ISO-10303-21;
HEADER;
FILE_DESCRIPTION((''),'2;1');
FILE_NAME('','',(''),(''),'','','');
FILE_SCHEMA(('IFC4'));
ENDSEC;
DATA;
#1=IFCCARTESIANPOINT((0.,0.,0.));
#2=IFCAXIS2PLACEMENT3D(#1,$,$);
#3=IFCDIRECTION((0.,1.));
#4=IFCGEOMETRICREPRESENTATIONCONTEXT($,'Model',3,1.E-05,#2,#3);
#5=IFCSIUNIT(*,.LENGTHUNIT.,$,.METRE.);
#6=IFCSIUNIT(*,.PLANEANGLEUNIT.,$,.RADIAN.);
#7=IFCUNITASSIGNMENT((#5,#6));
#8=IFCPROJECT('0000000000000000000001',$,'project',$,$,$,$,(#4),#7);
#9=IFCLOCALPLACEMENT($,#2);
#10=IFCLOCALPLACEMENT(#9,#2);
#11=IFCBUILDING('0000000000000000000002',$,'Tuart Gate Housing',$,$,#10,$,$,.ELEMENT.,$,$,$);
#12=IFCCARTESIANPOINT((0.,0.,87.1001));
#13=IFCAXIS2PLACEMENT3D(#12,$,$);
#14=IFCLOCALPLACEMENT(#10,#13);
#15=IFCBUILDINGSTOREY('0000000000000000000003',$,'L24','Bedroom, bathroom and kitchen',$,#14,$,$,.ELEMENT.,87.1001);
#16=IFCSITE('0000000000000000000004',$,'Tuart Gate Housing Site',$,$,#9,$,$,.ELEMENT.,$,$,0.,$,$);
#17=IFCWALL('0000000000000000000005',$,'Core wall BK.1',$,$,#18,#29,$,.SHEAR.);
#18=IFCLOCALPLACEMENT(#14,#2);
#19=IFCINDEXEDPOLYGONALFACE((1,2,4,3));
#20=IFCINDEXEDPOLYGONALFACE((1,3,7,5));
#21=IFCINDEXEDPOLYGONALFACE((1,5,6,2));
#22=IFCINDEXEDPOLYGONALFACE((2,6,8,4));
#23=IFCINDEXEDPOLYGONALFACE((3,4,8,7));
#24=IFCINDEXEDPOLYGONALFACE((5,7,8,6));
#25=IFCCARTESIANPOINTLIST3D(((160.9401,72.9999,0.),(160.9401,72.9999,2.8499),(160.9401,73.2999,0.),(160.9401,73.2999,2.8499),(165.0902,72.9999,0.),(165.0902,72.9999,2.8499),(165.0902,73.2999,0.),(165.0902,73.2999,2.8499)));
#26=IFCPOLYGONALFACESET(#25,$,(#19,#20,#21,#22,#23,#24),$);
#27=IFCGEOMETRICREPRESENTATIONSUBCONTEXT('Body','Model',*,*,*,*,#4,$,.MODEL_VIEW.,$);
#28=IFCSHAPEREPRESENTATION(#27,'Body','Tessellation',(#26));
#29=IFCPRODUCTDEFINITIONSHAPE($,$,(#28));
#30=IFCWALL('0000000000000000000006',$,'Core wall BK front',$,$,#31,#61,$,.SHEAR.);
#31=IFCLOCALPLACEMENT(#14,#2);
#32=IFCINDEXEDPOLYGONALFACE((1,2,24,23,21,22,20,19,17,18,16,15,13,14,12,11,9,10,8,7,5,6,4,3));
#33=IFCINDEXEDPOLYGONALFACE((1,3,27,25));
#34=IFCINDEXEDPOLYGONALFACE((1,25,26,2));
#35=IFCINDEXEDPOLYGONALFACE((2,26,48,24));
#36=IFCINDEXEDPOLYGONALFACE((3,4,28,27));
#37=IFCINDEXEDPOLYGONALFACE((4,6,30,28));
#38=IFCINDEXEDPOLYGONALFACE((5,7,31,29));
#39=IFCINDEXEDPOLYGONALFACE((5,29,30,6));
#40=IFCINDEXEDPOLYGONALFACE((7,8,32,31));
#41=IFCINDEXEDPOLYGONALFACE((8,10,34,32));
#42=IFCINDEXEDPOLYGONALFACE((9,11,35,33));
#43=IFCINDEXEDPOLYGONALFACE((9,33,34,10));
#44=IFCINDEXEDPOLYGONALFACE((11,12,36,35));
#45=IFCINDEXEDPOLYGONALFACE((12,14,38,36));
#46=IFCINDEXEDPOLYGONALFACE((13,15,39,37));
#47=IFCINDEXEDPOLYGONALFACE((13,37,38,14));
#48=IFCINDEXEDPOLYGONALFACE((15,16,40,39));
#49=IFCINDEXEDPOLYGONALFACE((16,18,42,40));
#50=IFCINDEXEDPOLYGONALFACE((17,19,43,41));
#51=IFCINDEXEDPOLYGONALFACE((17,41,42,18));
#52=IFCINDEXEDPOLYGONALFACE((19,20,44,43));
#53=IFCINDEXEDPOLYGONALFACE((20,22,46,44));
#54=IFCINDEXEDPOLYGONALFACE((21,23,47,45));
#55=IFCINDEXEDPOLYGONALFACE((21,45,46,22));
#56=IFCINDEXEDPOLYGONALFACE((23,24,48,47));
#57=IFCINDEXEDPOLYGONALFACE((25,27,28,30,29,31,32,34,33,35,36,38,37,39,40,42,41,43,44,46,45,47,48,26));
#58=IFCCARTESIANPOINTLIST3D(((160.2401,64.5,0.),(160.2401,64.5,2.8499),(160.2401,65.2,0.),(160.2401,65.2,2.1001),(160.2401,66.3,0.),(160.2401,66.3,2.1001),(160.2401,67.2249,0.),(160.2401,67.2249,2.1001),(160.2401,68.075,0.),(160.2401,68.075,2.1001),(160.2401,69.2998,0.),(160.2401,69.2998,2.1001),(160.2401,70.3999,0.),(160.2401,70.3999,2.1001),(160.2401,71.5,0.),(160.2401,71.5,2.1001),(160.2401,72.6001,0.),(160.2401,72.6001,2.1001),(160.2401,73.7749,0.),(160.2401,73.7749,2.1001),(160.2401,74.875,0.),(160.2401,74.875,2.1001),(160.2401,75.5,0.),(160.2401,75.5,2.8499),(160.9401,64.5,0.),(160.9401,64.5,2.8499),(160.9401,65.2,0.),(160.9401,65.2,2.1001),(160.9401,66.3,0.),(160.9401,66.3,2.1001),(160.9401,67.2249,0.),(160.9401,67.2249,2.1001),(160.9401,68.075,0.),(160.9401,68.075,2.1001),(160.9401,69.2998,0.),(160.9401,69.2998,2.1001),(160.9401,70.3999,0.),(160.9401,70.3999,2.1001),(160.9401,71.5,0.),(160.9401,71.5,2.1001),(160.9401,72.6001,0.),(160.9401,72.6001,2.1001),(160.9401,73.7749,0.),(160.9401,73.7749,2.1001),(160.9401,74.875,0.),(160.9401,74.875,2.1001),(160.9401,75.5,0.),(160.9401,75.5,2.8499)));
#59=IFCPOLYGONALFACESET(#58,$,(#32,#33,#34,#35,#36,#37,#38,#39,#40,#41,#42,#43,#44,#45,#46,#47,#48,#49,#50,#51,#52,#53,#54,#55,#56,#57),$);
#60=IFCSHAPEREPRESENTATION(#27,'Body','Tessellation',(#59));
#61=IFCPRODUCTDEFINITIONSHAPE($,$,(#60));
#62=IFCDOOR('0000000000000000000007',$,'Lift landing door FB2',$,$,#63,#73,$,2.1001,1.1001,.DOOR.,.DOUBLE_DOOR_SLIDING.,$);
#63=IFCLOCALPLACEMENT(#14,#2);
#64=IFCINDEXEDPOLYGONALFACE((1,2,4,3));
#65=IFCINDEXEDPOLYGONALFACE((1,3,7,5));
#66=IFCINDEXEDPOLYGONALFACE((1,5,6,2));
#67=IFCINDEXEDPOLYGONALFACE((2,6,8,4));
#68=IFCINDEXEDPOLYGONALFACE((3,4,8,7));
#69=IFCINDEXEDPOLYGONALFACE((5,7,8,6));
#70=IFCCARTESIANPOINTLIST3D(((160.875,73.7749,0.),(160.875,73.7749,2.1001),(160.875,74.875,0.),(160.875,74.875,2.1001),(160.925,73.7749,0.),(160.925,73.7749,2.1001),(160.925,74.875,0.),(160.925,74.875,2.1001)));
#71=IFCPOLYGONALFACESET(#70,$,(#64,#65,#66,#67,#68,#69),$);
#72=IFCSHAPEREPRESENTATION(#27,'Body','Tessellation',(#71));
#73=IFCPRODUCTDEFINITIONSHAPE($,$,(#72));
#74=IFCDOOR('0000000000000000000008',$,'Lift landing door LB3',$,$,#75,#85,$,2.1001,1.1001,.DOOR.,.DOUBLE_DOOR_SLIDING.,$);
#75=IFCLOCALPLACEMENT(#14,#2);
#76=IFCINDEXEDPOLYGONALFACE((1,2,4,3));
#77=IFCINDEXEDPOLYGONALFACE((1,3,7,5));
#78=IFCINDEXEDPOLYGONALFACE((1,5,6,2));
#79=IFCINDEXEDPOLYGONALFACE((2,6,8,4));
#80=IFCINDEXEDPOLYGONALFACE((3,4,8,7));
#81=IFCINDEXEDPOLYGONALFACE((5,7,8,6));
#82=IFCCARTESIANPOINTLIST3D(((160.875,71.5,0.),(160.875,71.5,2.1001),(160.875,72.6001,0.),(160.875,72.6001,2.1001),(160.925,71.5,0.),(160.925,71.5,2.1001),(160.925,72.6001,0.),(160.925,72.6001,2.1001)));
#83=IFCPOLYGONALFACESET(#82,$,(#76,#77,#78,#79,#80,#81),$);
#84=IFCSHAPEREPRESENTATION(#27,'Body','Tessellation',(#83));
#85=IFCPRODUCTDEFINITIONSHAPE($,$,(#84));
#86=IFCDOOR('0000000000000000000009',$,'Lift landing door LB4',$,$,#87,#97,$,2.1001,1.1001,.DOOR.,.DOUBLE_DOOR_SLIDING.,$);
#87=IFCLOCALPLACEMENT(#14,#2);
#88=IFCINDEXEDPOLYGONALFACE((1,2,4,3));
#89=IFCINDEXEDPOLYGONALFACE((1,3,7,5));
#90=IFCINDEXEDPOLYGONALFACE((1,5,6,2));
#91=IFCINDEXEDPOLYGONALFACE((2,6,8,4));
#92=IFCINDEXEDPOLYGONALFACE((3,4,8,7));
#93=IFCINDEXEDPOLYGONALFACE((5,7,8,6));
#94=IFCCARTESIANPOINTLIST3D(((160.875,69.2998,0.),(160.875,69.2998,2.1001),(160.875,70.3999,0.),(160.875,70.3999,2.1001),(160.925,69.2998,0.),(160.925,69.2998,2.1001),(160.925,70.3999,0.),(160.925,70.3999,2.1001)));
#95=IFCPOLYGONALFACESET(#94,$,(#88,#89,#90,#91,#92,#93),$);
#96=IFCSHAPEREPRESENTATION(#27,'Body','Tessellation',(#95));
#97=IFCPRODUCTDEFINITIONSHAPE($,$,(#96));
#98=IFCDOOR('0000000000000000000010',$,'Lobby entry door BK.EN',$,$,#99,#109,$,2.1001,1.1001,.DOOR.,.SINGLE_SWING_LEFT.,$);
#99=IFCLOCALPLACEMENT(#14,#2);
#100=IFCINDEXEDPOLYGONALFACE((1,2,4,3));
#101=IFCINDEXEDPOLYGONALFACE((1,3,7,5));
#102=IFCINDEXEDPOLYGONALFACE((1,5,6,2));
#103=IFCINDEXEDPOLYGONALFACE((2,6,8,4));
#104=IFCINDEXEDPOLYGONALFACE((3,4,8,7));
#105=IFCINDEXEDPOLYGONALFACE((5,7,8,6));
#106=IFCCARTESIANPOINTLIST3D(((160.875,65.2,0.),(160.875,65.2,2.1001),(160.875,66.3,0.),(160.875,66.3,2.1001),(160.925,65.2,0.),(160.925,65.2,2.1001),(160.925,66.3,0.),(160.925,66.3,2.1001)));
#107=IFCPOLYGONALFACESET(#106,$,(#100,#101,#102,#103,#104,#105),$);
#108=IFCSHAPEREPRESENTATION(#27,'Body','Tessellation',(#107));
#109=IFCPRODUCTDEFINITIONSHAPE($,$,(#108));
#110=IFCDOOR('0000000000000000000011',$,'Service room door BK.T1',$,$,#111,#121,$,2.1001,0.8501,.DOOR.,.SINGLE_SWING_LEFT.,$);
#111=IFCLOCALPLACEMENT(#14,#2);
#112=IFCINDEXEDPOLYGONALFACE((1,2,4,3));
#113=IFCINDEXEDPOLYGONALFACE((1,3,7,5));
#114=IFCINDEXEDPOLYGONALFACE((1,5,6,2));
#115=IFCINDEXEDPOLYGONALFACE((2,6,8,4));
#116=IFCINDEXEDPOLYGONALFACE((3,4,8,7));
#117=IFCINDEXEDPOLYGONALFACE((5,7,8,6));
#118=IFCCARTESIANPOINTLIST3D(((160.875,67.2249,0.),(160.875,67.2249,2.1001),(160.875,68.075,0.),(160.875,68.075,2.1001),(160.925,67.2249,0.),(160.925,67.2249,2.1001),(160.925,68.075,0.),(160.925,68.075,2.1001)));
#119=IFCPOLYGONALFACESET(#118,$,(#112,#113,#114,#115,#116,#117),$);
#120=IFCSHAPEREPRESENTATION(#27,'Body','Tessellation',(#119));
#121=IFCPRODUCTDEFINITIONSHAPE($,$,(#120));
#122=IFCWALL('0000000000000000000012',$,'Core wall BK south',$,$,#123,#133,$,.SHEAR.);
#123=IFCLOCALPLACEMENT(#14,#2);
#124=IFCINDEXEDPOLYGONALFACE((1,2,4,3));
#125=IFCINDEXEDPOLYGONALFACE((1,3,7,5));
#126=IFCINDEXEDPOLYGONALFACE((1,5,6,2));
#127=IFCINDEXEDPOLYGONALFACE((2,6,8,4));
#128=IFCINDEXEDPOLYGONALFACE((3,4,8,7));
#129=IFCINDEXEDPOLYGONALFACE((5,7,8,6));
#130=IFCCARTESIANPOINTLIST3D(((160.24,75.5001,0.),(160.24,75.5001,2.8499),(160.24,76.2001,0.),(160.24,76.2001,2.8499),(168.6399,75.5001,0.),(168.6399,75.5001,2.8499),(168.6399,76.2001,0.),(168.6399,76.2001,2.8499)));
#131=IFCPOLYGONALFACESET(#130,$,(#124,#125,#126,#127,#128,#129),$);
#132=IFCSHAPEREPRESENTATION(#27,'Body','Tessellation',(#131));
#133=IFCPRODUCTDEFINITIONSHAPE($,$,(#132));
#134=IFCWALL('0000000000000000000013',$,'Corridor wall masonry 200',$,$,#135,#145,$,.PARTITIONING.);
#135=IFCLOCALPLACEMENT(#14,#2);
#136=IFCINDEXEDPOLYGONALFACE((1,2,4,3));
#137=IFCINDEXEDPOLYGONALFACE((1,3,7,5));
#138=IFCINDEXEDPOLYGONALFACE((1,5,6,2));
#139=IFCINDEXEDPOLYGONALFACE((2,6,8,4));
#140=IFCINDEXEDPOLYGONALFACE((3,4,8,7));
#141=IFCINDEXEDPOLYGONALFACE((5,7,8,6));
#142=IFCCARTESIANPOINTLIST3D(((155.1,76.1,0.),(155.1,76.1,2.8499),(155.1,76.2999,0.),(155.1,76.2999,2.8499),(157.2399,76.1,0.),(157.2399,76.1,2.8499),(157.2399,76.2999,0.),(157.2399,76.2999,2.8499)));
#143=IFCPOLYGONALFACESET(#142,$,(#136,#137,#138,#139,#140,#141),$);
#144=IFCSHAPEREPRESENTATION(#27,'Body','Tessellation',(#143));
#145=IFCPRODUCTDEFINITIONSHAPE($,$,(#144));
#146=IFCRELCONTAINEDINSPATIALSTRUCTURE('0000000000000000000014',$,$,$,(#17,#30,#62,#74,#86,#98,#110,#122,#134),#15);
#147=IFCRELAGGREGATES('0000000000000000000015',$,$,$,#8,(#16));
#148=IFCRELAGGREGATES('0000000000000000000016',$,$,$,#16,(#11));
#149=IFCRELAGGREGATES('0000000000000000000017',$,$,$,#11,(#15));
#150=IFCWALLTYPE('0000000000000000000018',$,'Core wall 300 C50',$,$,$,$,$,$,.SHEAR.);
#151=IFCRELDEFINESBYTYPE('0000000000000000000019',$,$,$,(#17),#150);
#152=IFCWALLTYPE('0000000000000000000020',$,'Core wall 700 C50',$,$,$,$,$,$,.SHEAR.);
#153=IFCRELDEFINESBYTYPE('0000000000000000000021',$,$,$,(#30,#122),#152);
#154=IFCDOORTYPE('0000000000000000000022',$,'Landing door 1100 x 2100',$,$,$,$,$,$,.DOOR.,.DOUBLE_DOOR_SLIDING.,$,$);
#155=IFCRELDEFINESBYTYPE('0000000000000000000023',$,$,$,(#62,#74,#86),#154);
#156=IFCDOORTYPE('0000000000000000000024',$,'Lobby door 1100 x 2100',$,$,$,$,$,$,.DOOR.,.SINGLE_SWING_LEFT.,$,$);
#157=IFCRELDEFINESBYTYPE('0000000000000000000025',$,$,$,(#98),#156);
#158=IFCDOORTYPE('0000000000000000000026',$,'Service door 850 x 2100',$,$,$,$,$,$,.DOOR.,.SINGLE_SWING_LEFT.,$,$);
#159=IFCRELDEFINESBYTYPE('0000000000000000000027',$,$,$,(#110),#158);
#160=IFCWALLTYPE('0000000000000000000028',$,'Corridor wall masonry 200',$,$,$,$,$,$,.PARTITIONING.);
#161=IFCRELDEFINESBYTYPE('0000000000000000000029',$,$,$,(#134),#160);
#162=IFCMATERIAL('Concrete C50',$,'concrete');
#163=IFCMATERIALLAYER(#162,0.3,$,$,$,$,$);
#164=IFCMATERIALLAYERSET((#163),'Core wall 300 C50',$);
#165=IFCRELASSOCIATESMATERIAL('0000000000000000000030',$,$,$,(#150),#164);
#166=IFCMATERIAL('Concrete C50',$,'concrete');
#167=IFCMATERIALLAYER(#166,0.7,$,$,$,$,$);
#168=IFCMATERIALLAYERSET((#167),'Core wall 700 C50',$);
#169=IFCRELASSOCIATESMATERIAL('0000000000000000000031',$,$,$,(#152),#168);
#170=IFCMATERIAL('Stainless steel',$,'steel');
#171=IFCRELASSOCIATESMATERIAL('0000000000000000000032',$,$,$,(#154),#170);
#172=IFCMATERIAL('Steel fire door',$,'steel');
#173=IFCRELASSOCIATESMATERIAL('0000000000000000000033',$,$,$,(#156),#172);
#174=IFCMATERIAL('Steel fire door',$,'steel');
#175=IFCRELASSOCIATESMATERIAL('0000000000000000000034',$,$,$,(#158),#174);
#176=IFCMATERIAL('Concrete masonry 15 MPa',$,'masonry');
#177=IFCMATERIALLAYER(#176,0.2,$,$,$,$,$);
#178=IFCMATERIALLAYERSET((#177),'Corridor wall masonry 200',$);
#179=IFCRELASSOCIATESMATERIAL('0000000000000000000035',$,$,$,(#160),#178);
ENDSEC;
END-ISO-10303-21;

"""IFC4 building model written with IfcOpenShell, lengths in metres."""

from ifc_helpers import new_model, si_unit, direction, frame, frame_2d, origin, place, context, subcontext, project, spatial, rectangle, extrude, material, layer, layer_set, type_object, element, fill, save


model = new_model("IFC4")

# Units and contexts
model_context = context("Model", 3, precision=1e-05, world=origin(), true_north=direction((0.0, 1.0)))
body_context = subcontext(model_context, "Body", "Model", "MODEL_VIEW")
ifc_project = project(units=[si_unit("LENGTHUNIT", "METRE"), si_unit("PLANEANGLEUNIT", "RADIAN")], contexts=[model_context])

# Site, building, storey
site_placement = place(None, origin())
site = spatial("IfcSite", under=ifc_project, at=site_placement, Name="Tuart Gate Housing Site", CompositionType="ELEMENT", RefElevation=0.0)
building_placement = place(site_placement, origin())
building = spatial("IfcBuilding", under=site, at=building_placement, Name="Tuart Gate Housing", CompositionType="ELEMENT")
storey_placement = place(building_placement, frame((0.0, 0.0, 87.1001)))
storey = spatial("IfcBuildingStorey", under=building, at=storey_placement, Name="L24", Description="Bedroom, bathroom and kitchen", CompositionType="ELEMENT", Elevation=87.1001)

# Wall
ifc_material_1 = material(Name="Concrete C50", Category="concrete")
ifc_layer_1 = layer(ifc_material_1, 0.3)
ifc_layer_set_1 = layer_set([ifc_layer_1], Name="Core wall 300 C50")
wall_type_1 = type_object("IfcWallType", Name="Core wall 300 C50", PredefinedType="SHEAR", material=ifc_layer_set_1)
wall_1_placement = place(storey_placement, frame((160.9399, 73.1499, 0.0), z_axis=(0.0, 0.0, 1.0), x_axis=(1.0, 0.0, 0.0)))
element("IfcWall", 1, at=wall_1_placement, inside=storey, type_object=wall_type_1, Name="Core wall BK.1", PredefinedType="SHEAR", context=body_context, shape_type="SweptSolid", body=[
    extrude(rectangle(XDim=4.1501, YDim=0.3, at=frame_2d((2.0752, 0.0))), origin(), (0.0, 0.0, 1.0), 2.8499),
])

# Wall, openings, doors
ifc_material_2 = material(Name="Concrete C50", Category="concrete")
ifc_layer_2 = layer(ifc_material_2, 0.7)
ifc_layer_set_2 = layer_set([ifc_layer_2], Name="Core wall 700 C50")
wall_type_2 = type_object("IfcWallType", Name="Core wall 700 C50", PredefinedType="SHEAR", material=ifc_layer_set_2)
wall_2_placement = place(storey_placement, frame((160.5901, 75.5, 0.0), z_axis=(0.0, 0.0, 1.0), x_axis=(0.0, -1.0, 0.0)))
wall_2 = element("IfcWall", 2, at=wall_2_placement, inside=storey, type_object=wall_type_2, Name="Core wall BK front", PredefinedType="SHEAR", context=body_context, shape_type="SweptSolid", body=[
    extrude(rectangle(XDim=11.0, YDim=0.7, at=frame_2d((5.5, 0.0))), origin(), (0.0, 0.0, 1.0), 2.8499),
])
opening_1_placement = place(wall_2_placement, frame((0.625, 0.0, 0.0)))
opening_1 = element("IfcOpeningElement", 3, at=opening_1_placement, cuts=wall_2, PredefinedType="OPENING", context=body_context, shape_type="SweptSolid", body=[
    extrude(rectangle(XDim=1.1001, YDim=2.1001, at=frame_2d((0.55, 1.05))), frame((0.0, 0.3599, 0.0), z_axis=(0.0, -1.0, 0.0), x_axis=(1.0, 0.0, 0.0)), (0.0, 0.0, 1.0), 0.72),
])
opening_2_placement = place(wall_2_placement, frame((2.8999, 0.0, 0.0)))
opening_2 = element("IfcOpeningElement", 4, at=opening_2_placement, cuts=wall_2, PredefinedType="OPENING", context=body_context, shape_type="SweptSolid", body=[
    extrude(rectangle(XDim=1.1001, YDim=2.1001, at=frame_2d((0.55, 1.05))), frame((0.0, 0.3599, 0.0), z_axis=(0.0, -1.0, 0.0), x_axis=(1.0, 0.0, 0.0)), (0.0, 0.0, 1.0), 0.72),
])
opening_3_placement = place(wall_2_placement, frame((5.1001, 0.0, 0.0)))
opening_3 = element("IfcOpeningElement", 5, at=opening_3_placement, cuts=wall_2, PredefinedType="OPENING", context=body_context, shape_type="SweptSolid", body=[
    extrude(rectangle(XDim=1.1001, YDim=2.1001, at=frame_2d((0.55, 1.05))), frame((0.0, 0.3599, 0.0), z_axis=(0.0, -1.0, 0.0), x_axis=(1.0, 0.0, 0.0)), (0.0, 0.0, 1.0), 0.72),
])
opening_4_placement = place(wall_2_placement, frame((9.2, 0.0, 0.0)))
opening_4 = element("IfcOpeningElement", 6, at=opening_4_placement, cuts=wall_2, PredefinedType="OPENING", context=body_context, shape_type="SweptSolid", body=[
    extrude(rectangle(XDim=1.1001, YDim=2.1001, at=frame_2d((0.55, 1.05))), frame((0.0, 0.3599, 0.0), z_axis=(0.0, -1.0, 0.0), x_axis=(1.0, 0.0, 0.0)), (0.0, 0.0, 1.0), 0.72),
])
opening_5_placement = place(wall_2_placement, frame((7.425, 0.0, 0.0)))
opening_5 = element("IfcOpeningElement", 7, at=opening_5_placement, cuts=wall_2, PredefinedType="OPENING", context=body_context, shape_type="SweptSolid", body=[
    extrude(rectangle(XDim=0.8501, YDim=2.1001, at=frame_2d((0.425, 1.05))), frame((0.0, 0.3599, 0.0), z_axis=(0.0, -1.0, 0.0), x_axis=(1.0, 0.0, 0.0)), (0.0, 0.0, 1.0), 0.72),
])
ifc_material_3 = material(Name="Stainless steel", Category="steel")
door_type_1 = type_object("IfcDoorType", Name="Landing door 1100 x 2100", OperationType="DOUBLE_DOOR_SLIDING", PredefinedType="DOOR", material=ifc_material_3)
door_1_placement = place(opening_1_placement, origin())
door_1 = element("IfcDoor", 8, at=door_1_placement, inside=storey, type_object=door_type_1, Name="Lift landing door FB2", OperationType="DOUBLE_DOOR_SLIDING", OverallHeight=2.1001, OverallWidth=1.1001, PredefinedType="DOOR", context=body_context, shape_type="SweptSolid", body=[
    extrude(rectangle(XDim=1.1001, YDim=2.1001, at=frame_2d((0.55, 1.05))), frame((0.0, 0.335, 0.0), z_axis=(0.0, -1.0, 0.0), x_axis=(1.0, 0.0, 0.0)), (0.0, 0.0, 1.0), 0.05),
])
fill(opening_1, door_1)
door_2_placement = place(opening_2_placement, origin())
door_2 = element("IfcDoor", 9, at=door_2_placement, inside=storey, type_object=door_type_1, Name="Lift landing door LB3", OperationType="DOUBLE_DOOR_SLIDING", OverallHeight=2.1001, OverallWidth=1.1001, PredefinedType="DOOR", context=body_context, shape_type="SweptSolid", body=[
    extrude(rectangle(XDim=1.1001, YDim=2.1001, at=frame_2d((0.55, 1.05))), frame((0.0, 0.335, 0.0), z_axis=(0.0, -1.0, 0.0), x_axis=(1.0, 0.0, 0.0)), (0.0, 0.0, 1.0), 0.05),
])
fill(opening_2, door_2)
door_3_placement = place(opening_3_placement, origin())
door_3 = element("IfcDoor", 10, at=door_3_placement, inside=storey, type_object=door_type_1, Name="Lift landing door LB4", OperationType="DOUBLE_DOOR_SLIDING", OverallHeight=2.1001, OverallWidth=1.1001, PredefinedType="DOOR", context=body_context, shape_type="SweptSolid", body=[
    extrude(rectangle(XDim=1.1001, YDim=2.1001, at=frame_2d((0.55, 1.05))), frame((0.0, 0.335, 0.0), z_axis=(0.0, -1.0, 0.0), x_axis=(1.0, 0.0, 0.0)), (0.0, 0.0, 1.0), 0.05),
])
fill(opening_3, door_3)
ifc_material_4 = material(Name="Steel fire door", Category="steel")
door_type_2 = type_object("IfcDoorType", Name="Lobby door 1100 x 2100", OperationType="SINGLE_SWING_LEFT", PredefinedType="DOOR", material=ifc_material_4)
door_4_placement = place(opening_4_placement, origin())
door_4 = element("IfcDoor", 11, at=door_4_placement, inside=storey, type_object=door_type_2, Name="Lobby entry door BK.EN", OperationType="SINGLE_SWING_LEFT", OverallHeight=2.1001, OverallWidth=1.1001, PredefinedType="DOOR", context=body_context, shape_type="SweptSolid", body=[
    extrude(rectangle(XDim=1.1001, YDim=2.1001, at=frame_2d((0.55, 1.05))), frame((0.0, 0.335, 0.0), z_axis=(0.0, -1.0, 0.0), x_axis=(1.0, 0.0, 0.0)), (0.0, 0.0, 1.0), 0.05),
])
fill(opening_4, door_4)
ifc_material_5 = material(Name="Steel fire door", Category="steel")
door_type_3 = type_object("IfcDoorType", Name="Service door 850 x 2100", OperationType="SINGLE_SWING_LEFT", PredefinedType="DOOR", material=ifc_material_5)
door_5_placement = place(opening_5_placement, origin())
door_5 = element("IfcDoor", 12, at=door_5_placement, inside=storey, type_object=door_type_3, Name="Service room door BK.T1", OperationType="SINGLE_SWING_LEFT", OverallHeight=2.1001, OverallWidth=0.8501, PredefinedType="DOOR", context=body_context, shape_type="SweptSolid", body=[
    extrude(rectangle(XDim=0.8501, YDim=2.1001, at=frame_2d((0.425, 1.05))), frame((0.0, 0.335, 0.0), z_axis=(0.0, -1.0, 0.0), x_axis=(1.0, 0.0, 0.0)), (0.0, 0.0, 1.0), 0.05),
])
fill(opening_5, door_5)

# Walls
wall_3_placement = place(storey_placement, frame((160.24, 75.8501, 0.0), z_axis=(0.0, 0.0, 1.0), x_axis=(1.0, 0.0, 0.0)))
element("IfcWall", 13, at=wall_3_placement, inside=storey, type_object=wall_type_2, Name="Core wall BK south", PredefinedType="SHEAR", context=body_context, shape_type="SweptSolid", body=[
    extrude(rectangle(XDim=8.3999, YDim=0.7, at=frame_2d((4.2, 0.0))), origin(), (0.0, 0.0, 1.0), 2.8499),
])
ifc_material_6 = material(Name="Concrete masonry 15 MPa", Category="masonry")
ifc_layer_3 = layer(ifc_material_6, 0.2)
ifc_layer_set_3 = layer_set([ifc_layer_3], Name="Corridor wall masonry 200")
wall_type_3 = type_object("IfcWallType", Name="Corridor wall masonry 200", PredefinedType="PARTITIONING", material=ifc_layer_set_3)
wall_4_placement = place(storey_placement, frame((155.1001, 76.2, 0.0), z_axis=(0.0, 0.0, 1.0), x_axis=(1.0, 0.0, 0.0)))
element("IfcWall", 14, at=wall_4_placement, inside=storey, type_object=wall_type_3, Name="Corridor wall masonry 200", PredefinedType="PARTITIONING", context=body_context, shape_type="SweptSolid", body=[
    extrude(rectangle(XDim=2.1399, YDim=0.2, at=frame_2d((1.0698, 0.0))), origin(), (0.0, 0.0, 1.0), 2.8499),
])

save(model, "model.ifc")
